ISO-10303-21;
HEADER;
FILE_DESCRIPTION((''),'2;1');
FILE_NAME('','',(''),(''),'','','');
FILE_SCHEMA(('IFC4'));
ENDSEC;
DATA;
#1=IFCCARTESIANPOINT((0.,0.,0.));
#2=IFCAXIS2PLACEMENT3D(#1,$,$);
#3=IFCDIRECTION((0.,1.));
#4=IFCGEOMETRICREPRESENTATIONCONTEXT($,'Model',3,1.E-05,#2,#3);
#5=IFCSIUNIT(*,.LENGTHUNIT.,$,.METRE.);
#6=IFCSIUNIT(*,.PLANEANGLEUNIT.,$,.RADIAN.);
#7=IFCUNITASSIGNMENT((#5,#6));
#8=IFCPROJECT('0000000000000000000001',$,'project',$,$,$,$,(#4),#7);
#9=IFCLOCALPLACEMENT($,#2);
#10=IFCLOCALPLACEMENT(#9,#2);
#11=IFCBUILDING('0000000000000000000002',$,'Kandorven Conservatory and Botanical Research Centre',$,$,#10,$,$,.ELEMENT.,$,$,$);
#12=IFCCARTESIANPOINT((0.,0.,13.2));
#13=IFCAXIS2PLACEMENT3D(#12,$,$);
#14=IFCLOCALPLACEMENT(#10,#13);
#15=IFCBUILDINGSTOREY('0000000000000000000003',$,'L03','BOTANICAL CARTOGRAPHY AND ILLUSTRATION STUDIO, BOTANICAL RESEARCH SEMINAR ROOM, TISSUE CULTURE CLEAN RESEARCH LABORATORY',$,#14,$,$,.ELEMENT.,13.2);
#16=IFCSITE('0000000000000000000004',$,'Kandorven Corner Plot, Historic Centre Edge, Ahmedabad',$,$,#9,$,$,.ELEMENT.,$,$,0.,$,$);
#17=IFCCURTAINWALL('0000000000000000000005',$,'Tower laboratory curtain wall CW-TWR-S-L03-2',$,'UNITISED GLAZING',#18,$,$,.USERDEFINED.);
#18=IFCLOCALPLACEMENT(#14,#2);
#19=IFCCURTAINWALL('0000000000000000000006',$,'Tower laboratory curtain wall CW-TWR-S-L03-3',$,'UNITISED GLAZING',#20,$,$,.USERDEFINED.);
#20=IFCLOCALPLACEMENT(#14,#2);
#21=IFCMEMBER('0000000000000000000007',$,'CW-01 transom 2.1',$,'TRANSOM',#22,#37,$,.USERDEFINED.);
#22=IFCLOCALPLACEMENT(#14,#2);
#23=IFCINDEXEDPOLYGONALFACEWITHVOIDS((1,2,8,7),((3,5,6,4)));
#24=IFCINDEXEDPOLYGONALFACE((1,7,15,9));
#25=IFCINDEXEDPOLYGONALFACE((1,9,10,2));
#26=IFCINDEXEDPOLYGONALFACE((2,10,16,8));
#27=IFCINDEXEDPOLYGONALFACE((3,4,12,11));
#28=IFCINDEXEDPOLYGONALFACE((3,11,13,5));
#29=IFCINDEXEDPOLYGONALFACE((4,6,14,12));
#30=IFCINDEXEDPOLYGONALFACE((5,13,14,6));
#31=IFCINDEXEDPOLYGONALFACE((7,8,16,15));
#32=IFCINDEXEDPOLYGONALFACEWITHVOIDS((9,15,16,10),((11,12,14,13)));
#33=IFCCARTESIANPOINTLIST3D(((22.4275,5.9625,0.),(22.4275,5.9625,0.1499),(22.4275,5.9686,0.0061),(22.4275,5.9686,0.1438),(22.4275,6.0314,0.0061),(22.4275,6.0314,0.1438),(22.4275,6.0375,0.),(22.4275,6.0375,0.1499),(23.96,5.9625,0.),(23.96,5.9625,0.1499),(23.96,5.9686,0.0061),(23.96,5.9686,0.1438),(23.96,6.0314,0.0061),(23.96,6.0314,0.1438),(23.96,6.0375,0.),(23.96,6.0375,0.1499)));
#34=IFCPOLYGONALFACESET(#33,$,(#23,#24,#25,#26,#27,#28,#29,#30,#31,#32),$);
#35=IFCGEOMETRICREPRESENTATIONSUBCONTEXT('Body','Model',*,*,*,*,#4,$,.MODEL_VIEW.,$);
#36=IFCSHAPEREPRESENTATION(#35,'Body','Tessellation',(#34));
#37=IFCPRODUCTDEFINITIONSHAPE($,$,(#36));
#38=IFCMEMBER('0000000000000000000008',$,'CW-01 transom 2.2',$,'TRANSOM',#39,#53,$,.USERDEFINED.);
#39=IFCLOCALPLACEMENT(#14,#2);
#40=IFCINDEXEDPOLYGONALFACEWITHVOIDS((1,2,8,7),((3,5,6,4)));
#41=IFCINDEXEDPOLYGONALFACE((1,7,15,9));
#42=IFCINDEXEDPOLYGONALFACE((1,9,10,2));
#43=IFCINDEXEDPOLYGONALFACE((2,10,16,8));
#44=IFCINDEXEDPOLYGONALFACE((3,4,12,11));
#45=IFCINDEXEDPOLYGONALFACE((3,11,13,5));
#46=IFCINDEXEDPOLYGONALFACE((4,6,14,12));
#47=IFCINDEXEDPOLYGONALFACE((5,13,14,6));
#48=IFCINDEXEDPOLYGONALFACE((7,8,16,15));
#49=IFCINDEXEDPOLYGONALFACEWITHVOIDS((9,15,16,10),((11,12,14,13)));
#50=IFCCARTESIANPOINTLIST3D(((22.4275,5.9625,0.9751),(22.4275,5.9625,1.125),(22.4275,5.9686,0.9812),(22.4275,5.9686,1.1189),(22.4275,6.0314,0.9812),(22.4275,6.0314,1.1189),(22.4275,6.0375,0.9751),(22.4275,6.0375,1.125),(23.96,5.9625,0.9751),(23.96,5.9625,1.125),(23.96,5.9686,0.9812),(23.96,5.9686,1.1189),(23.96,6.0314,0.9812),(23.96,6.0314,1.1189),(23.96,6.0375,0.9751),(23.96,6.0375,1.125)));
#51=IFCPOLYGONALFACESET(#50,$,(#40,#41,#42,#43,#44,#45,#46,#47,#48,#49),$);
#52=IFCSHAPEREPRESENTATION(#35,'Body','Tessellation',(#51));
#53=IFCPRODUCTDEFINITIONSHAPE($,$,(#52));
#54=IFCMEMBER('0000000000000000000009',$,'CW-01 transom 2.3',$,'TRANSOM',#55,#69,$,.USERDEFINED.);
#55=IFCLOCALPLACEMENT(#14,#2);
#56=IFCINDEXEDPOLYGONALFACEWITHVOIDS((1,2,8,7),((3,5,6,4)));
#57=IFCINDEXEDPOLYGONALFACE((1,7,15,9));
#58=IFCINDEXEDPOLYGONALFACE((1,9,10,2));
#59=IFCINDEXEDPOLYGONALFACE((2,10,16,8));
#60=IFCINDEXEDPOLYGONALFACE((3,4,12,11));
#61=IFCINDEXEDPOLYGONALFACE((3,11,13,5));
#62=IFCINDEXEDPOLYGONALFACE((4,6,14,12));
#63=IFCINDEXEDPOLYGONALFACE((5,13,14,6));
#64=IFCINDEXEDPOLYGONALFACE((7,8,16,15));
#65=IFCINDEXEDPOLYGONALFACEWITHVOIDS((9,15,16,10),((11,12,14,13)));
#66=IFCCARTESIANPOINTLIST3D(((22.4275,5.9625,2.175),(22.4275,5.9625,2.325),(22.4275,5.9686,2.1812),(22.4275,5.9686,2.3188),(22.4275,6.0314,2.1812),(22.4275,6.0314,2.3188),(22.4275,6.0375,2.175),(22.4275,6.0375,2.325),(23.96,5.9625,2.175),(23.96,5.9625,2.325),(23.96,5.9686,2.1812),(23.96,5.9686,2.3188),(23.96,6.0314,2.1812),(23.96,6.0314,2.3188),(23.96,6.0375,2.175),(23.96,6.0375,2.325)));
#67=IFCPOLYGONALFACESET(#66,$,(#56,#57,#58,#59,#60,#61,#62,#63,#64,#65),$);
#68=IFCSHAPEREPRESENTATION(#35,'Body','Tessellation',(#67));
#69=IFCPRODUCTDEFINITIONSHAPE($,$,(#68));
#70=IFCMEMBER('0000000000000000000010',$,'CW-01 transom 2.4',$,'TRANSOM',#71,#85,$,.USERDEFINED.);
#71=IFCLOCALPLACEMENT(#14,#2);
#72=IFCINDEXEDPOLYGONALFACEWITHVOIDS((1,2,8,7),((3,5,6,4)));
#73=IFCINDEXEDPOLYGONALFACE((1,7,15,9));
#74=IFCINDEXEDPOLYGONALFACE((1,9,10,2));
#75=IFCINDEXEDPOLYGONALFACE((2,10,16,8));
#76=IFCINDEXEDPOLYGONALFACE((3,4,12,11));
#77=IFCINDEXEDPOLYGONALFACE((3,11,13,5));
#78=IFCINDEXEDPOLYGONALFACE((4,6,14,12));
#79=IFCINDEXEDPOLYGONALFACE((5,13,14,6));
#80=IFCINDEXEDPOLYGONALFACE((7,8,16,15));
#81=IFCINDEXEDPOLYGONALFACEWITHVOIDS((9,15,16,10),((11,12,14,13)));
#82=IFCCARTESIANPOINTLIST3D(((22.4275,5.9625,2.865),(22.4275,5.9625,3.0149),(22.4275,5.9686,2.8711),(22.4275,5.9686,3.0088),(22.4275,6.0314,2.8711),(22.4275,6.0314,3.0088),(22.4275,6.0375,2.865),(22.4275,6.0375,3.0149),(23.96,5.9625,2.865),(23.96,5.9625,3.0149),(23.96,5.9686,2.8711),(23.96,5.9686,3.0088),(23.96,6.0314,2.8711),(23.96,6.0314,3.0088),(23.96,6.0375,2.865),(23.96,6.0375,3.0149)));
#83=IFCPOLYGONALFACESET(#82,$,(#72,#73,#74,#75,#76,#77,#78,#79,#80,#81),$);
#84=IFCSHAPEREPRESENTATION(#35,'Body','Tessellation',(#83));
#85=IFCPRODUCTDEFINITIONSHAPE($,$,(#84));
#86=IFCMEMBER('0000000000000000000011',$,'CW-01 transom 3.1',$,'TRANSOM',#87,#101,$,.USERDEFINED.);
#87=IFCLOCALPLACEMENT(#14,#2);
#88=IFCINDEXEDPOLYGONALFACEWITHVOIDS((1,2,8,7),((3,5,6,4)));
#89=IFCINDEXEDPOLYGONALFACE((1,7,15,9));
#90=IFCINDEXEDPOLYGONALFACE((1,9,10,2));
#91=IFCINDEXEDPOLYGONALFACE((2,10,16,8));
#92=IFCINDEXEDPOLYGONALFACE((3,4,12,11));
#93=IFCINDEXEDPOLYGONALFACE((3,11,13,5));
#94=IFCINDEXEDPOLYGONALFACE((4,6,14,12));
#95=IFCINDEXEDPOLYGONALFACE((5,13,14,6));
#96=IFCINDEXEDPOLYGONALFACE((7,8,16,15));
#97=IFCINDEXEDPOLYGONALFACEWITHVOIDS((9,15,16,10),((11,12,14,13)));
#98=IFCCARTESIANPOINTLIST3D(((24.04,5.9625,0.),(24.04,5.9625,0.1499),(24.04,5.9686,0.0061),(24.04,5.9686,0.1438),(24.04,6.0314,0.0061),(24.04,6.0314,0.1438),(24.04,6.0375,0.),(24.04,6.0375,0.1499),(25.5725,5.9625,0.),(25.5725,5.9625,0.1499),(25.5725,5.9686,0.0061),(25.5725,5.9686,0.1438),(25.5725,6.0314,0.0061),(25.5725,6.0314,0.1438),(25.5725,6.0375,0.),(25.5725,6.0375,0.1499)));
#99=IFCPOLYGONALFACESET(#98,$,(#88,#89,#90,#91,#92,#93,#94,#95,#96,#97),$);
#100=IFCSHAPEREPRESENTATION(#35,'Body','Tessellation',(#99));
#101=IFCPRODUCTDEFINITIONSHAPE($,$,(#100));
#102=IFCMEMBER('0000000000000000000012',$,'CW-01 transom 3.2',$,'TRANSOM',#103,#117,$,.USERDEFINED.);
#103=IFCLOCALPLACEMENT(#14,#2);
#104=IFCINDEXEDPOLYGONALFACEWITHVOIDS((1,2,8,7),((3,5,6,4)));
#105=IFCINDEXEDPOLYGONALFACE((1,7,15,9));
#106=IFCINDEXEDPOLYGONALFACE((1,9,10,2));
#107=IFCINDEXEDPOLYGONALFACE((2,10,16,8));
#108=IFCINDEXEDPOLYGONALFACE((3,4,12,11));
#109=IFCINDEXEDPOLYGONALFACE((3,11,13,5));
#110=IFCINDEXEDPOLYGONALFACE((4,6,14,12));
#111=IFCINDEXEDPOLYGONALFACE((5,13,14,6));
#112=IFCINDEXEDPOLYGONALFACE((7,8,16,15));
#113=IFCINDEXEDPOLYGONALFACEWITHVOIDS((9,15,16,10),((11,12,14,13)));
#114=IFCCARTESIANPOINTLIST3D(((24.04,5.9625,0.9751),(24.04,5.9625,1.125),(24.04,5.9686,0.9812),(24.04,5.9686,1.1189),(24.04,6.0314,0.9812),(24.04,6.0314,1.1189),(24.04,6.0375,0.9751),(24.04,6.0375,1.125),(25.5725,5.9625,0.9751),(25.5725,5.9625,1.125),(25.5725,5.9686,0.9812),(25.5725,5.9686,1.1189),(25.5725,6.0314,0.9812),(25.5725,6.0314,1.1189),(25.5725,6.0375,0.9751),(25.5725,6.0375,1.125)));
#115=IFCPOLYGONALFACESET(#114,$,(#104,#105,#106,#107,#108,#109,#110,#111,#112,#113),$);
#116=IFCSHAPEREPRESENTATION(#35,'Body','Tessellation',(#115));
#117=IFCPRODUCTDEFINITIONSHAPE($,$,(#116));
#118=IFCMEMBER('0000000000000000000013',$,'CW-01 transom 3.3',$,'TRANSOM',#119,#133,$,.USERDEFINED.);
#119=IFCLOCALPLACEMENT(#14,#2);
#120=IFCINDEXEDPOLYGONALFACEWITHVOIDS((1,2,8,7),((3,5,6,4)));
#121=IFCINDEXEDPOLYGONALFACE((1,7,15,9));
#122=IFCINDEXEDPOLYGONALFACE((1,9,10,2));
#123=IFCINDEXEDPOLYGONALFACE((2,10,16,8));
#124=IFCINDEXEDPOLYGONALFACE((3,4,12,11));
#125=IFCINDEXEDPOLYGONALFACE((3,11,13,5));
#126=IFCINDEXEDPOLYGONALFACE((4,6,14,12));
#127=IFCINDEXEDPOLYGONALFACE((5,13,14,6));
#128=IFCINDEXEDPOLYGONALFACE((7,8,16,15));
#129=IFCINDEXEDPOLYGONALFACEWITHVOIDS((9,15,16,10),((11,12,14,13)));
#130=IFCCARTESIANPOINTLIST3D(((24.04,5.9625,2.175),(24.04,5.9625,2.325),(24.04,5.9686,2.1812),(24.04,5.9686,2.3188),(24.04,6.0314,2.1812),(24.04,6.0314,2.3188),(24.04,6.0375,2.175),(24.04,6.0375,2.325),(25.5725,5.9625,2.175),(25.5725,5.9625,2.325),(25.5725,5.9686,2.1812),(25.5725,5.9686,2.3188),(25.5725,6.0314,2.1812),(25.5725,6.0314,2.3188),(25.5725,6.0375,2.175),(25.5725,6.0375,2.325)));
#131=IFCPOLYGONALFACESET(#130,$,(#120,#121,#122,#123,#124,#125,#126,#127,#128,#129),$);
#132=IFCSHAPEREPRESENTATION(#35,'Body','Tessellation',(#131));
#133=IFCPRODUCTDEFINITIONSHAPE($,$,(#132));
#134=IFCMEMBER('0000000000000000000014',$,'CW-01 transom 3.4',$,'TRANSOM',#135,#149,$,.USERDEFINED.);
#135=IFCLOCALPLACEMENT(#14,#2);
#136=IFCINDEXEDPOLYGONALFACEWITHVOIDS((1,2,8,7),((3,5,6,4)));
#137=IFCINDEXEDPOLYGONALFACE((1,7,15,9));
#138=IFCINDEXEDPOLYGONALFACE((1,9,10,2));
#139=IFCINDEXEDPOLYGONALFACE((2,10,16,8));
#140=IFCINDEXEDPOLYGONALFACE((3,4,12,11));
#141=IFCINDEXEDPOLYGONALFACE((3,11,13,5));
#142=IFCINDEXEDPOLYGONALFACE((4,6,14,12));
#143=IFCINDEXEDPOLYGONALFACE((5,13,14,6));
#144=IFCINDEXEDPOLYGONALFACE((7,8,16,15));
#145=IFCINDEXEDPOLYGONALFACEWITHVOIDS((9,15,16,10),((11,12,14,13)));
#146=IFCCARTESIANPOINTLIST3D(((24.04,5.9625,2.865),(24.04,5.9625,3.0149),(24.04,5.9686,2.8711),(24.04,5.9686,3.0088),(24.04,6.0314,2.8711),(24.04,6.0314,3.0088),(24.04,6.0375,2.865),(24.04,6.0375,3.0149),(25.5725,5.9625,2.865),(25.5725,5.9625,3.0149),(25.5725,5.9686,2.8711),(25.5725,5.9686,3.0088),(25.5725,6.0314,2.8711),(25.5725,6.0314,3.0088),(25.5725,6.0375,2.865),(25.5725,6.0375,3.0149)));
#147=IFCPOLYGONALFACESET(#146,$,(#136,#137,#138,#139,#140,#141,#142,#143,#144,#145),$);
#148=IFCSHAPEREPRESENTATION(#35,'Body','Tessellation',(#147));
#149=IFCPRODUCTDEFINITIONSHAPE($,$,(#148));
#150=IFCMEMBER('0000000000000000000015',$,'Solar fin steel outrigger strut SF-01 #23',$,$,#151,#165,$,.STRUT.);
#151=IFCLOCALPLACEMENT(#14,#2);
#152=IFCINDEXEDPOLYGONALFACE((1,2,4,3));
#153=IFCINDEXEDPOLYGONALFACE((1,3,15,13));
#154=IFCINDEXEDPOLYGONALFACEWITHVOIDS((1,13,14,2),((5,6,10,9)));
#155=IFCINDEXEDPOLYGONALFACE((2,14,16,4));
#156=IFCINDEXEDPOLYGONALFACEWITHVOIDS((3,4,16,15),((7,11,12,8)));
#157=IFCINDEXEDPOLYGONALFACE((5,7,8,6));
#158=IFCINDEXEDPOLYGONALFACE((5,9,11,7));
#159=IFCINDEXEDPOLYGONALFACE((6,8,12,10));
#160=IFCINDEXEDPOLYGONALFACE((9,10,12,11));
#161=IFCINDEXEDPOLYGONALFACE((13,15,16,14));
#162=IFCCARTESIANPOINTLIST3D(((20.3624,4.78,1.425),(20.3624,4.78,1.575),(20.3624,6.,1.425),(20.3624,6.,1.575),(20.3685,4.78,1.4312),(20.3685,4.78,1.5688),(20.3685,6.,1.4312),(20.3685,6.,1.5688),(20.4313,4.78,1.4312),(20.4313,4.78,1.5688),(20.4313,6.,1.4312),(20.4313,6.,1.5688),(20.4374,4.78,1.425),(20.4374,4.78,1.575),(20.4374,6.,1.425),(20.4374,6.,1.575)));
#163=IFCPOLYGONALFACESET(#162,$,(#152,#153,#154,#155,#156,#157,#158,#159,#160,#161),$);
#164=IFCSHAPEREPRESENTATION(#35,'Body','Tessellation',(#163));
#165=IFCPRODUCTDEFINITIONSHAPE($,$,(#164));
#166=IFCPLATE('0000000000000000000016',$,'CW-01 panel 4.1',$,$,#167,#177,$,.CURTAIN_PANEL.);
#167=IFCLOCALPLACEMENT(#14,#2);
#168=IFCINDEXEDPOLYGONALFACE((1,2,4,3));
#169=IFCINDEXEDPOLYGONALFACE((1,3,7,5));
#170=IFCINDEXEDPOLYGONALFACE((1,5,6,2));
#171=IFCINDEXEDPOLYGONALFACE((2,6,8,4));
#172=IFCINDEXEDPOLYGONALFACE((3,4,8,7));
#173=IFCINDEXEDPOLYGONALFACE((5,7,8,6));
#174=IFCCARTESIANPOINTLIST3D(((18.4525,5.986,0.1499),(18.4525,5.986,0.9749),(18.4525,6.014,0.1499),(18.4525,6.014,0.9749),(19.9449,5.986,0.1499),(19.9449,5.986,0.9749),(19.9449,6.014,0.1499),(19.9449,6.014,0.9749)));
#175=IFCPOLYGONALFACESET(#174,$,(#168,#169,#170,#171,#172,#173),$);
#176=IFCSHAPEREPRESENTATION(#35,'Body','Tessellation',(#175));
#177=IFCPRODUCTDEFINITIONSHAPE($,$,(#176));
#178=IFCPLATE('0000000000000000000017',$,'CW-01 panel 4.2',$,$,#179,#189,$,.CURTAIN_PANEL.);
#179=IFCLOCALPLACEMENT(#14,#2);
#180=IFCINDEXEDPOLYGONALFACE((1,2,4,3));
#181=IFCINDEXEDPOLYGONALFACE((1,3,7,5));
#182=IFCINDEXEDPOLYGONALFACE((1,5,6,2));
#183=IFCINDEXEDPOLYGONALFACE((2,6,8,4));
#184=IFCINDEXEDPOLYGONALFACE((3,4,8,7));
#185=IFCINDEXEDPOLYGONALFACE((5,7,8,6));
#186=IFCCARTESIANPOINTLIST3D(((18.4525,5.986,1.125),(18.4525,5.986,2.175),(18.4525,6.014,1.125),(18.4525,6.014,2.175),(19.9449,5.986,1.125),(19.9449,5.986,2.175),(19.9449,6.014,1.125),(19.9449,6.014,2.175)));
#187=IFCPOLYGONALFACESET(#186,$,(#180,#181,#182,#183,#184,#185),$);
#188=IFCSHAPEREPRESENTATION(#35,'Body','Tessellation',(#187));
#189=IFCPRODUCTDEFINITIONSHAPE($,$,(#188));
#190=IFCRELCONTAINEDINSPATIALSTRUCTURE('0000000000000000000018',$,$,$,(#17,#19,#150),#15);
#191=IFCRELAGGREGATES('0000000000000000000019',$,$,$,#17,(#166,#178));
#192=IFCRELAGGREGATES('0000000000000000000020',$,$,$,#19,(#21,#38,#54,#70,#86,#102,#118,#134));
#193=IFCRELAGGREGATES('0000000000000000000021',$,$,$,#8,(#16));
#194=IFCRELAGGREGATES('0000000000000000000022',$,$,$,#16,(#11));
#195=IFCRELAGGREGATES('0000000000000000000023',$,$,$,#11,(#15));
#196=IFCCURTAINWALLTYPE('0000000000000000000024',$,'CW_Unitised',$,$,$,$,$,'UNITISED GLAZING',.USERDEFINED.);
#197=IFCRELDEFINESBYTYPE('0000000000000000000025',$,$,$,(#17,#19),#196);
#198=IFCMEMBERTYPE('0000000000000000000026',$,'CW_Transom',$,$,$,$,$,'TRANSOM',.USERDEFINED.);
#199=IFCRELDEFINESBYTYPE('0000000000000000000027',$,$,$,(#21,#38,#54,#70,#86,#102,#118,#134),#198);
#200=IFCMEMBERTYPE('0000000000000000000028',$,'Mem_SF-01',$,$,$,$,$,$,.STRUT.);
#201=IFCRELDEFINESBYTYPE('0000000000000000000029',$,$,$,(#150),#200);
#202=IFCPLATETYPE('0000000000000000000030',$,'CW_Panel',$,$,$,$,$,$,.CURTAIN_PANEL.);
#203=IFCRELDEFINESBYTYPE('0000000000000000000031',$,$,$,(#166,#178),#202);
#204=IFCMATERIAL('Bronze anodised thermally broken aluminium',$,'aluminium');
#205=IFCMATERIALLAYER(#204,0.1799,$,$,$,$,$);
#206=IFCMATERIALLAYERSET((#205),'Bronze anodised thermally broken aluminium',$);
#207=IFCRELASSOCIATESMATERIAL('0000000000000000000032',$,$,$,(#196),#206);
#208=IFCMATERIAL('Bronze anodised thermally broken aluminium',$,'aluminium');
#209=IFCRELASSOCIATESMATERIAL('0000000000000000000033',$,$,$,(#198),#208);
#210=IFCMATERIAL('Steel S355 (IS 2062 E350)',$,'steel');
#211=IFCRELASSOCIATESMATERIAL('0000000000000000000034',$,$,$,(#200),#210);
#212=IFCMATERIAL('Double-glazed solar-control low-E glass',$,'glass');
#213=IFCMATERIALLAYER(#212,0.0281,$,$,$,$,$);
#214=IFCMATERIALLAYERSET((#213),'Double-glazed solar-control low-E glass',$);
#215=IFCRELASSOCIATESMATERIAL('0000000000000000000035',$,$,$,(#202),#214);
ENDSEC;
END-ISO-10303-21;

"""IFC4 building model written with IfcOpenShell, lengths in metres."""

from ifc_helpers import new_model, si_unit, direction, frame, origin, origin_2d, place, context, subcontext, project, spatial, rectangle, hollow_rectangle, extrude, material, layer, layer_set, material_profile, profile_set, type_object, element, aggregate, save


model = new_model("IFC4")

# Units and contexts
model_context = context("Model", 3, precision=1e-05, world=origin(), true_north=direction((0.0, 1.0)))
body_context = subcontext(model_context, "Body", "Model", "MODEL_VIEW")
ifc_project = project(units=[si_unit("LENGTHUNIT", "METRE"), si_unit("PLANEANGLEUNIT", "RADIAN")], contexts=[model_context])

# Site, building, storey
site_placement = place(None, origin())
site = spatial("IfcSite", under=ifc_project, at=site_placement, Name="Kandorven Corner Plot, Historic Centre Edge, Ahmedabad", CompositionType="ELEMENT", RefElevation=0.0)
building_placement = place(site_placement, origin())
building = spatial("IfcBuilding", under=site, at=building_placement, Name="Kandorven Conservatory and Botanical Research Centre", CompositionType="ELEMENT")
storey_placement = place(building_placement, frame((0.0, 0.0, 13.2)))
storey = spatial("IfcBuildingStorey", under=building, at=storey_placement, Name="L03", Description="BOTANICAL CARTOGRAPHY AND ILLUSTRATION STUDIO, BOTANICAL RESEARCH SEMINAR ROOM, TISSUE CULTURE CLEAN RESEARCH LABORATORY", CompositionType="ELEMENT", Elevation=13.2)

# Curtain wall
ifc_material_1 = material(Name="Bronze anodised thermally broken aluminium", Category="aluminium")
ifc_layer_1 = layer(ifc_material_1, 0.1799)
ifc_layer_set_1 = layer_set([ifc_layer_1], Name="Bronze anodised thermally broken aluminium")
curtain_wall_type = type_object("IfcCurtainWallType", Name="CW_Unitised", ElementType="UNITISED GLAZING", PredefinedType="USERDEFINED", material=ifc_layer_set_1)
curtain_wall_1_placement = place(storey_placement, origin())
curtain_wall_1 = element("IfcCurtainWall", 1, at=curtain_wall_1_placement, inside=storey, type_object=curtain_wall_type, Name="Tower laboratory curtain wall CW-TWR-S-L03-2", ObjectType="UNITISED GLAZING", PredefinedType="USERDEFINED")

# Curtain wall, members
curtain_wall_2_placement = place(storey_placement, origin())
curtain_wall_2 = element("IfcCurtainWall", 2, at=curtain_wall_2_placement, inside=storey, type_object=curtain_wall_type, Name="Tower laboratory curtain wall CW-TWR-S-L03-3", ObjectType="UNITISED GLAZING", PredefinedType="USERDEFINED")
ifc_material_2 = material(Name="Bronze anodised thermally broken aluminium", Category="aluminium")
ifc_material_profile_1 = material_profile(ifc_material_2, hollow_rectangle(XDim=0.075, YDim=0.1499, WallThickness=0.0061, at=origin_2d()))
ifc_profile_set_1 = profile_set([ifc_material_profile_1], Name="Bronze anodised thermally broken aluminium")
member_type_1 = type_object("IfcMemberType", Name="CW_Transom", ElementType="TRANSOM", PredefinedType="USERDEFINED", material=ifc_profile_set_1)
member_1_placement = place(storey_placement, frame((22.4275, 6.0, 0.075), z_axis=(1.0, 0.0, 0.0), x_axis=(0.0, 1.0, 0.0)))
member_1 = element("IfcMember", 3, at=member_1_placement, type_object=member_type_1, Name="CW-01 transom 2.1", ObjectType="TRANSOM", PredefinedType="USERDEFINED", context=body_context, shape_type="SweptSolid", body=[
    extrude(hollow_rectangle(XDim=0.075, YDim=0.1499, WallThickness=0.0061, at=origin_2d()), origin(), (0.0, 0.0, 1.0), 1.5325),
])
member_2_placement = place(storey_placement, frame((22.4275, 6.0, 1.05), z_axis=(1.0, 0.0, 0.0), x_axis=(0.0, 1.0, 0.0)))
member_2 = element("IfcMember", 4, at=member_2_placement, type_object=member_type_1, Name="CW-01 transom 2.2", ObjectType="TRANSOM", PredefinedType="USERDEFINED", context=body_context, shape_type="SweptSolid", body=[
    extrude(hollow_rectangle(XDim=0.075, YDim=0.1499, WallThickness=0.0061, at=origin_2d()), origin(), (0.0, 0.0, 1.0), 1.5325),
])
member_3_placement = place(storey_placement, frame((22.4275, 6.0, 2.25), z_axis=(1.0, 0.0, 0.0), x_axis=(0.0, 1.0, 0.0)))
member_3 = element("IfcMember", 5, at=member_3_placement, type_object=member_type_1, Name="CW-01 transom 2.3", ObjectType="TRANSOM", PredefinedType="USERDEFINED", context=body_context, shape_type="SweptSolid", body=[
    extrude(hollow_rectangle(XDim=0.075, YDim=0.1499, WallThickness=0.0061, at=origin_2d()), origin(), (0.0, 0.0, 1.0), 1.5325),
])
member_4_placement = place(storey_placement, frame((22.4275, 6.0, 2.9399), z_axis=(1.0, 0.0, 0.0), x_axis=(0.0, 1.0, 0.0)))
member_4 = element("IfcMember", 6, at=member_4_placement, type_object=member_type_1, Name="CW-01 transom 2.4", ObjectType="TRANSOM", PredefinedType="USERDEFINED", context=body_context, shape_type="SweptSolid", body=[
    extrude(hollow_rectangle(XDim=0.075, YDim=0.1499, WallThickness=0.0061, at=origin_2d()), origin(), (0.0, 0.0, 1.0), 1.5325),
])
member_5_placement = place(storey_placement, frame((24.04, 6.0, 0.075), z_axis=(1.0, 0.0, 0.0), x_axis=(0.0, 1.0, 0.0)))
member_5 = element("IfcMember", 7, at=member_5_placement, type_object=member_type_1, Name="CW-01 transom 3.1", ObjectType="TRANSOM", PredefinedType="USERDEFINED", context=body_context, shape_type="SweptSolid", body=[
    extrude(hollow_rectangle(XDim=0.075, YDim=0.1499, WallThickness=0.0061, at=origin_2d()), origin(), (0.0, 0.0, 1.0), 1.5325),
])
member_6_placement = place(storey_placement, frame((24.04, 6.0, 1.05), z_axis=(1.0, 0.0, 0.0), x_axis=(0.0, 1.0, 0.0)))
member_6 = element("IfcMember", 8, at=member_6_placement, type_object=member_type_1, Name="CW-01 transom 3.2", ObjectType="TRANSOM", PredefinedType="USERDEFINED", context=body_context, shape_type="SweptSolid", body=[
    extrude(hollow_rectangle(XDim=0.075, YDim=0.1499, WallThickness=0.0061, at=origin_2d()), origin(), (0.0, 0.0, 1.0), 1.5325),
])
member_7_placement = place(storey_placement, frame((24.04, 6.0, 2.25), z_axis=(1.0, 0.0, 0.0), x_axis=(0.0, 1.0, 0.0)))
member_7 = element("IfcMember", 9, at=member_7_placement, type_object=member_type_1, Name="CW-01 transom 3.3", ObjectType="TRANSOM", PredefinedType="USERDEFINED", context=body_context, shape_type="SweptSolid", body=[
    extrude(hollow_rectangle(XDim=0.075, YDim=0.1499, WallThickness=0.0061, at=origin_2d()), origin(), (0.0, 0.0, 1.0), 1.5325),
])
member_8_placement = place(storey_placement, frame((24.04, 6.0, 2.9399), z_axis=(1.0, 0.0, 0.0), x_axis=(0.0, 1.0, 0.0)))
member_8 = element("IfcMember", 10, at=member_8_placement, type_object=member_type_1, Name="CW-01 transom 3.4", ObjectType="TRANSOM", PredefinedType="USERDEFINED", context=body_context, shape_type="SweptSolid", body=[
    extrude(hollow_rectangle(XDim=0.075, YDim=0.1499, WallThickness=0.0061, at=origin_2d()), origin(), (0.0, 0.0, 1.0), 1.5325),
])

# Member
ifc_material_3 = material(Name="Steel S355 (IS 2062 E350)", Category="steel")
ifc_material_profile_2 = material_profile(ifc_material_3, hollow_rectangle(XDim=0.075, YDim=0.1499, WallThickness=0.0061, at=origin_2d()))
ifc_profile_set_2 = profile_set([ifc_material_profile_2], Name="Steel S355 (IS 2062 E350)")
member_type_2 = type_object("IfcMemberType", Name="Mem_SF-01", PredefinedType="STRUT", material=ifc_profile_set_2)
member_9_placement = place(storey_placement, frame((20.3999, 6.0, 1.5), z_axis=(0.0, -1.0, 0.0), x_axis=(1.0, 0.0, 0.0)))
element("IfcMember", 11, at=member_9_placement, inside=storey, type_object=member_type_2, Name="Solar fin steel outrigger strut SF-01 #23", PredefinedType="STRUT", context=body_context, shape_type="SweptSolid", body=[
    extrude(hollow_rectangle(XDim=0.075, YDim=0.1499, WallThickness=0.0061, at=origin_2d()), origin(), (0.0, 0.0, 1.0), 1.22),
])

# Plates
ifc_material_4 = material(Name="Double-glazed solar-control low-E glass", Category="glass")
ifc_layer_2 = layer(ifc_material_4, 0.0281)
ifc_layer_set_2 = layer_set([ifc_layer_2], Name="Double-glazed solar-control low-E glass")
plate_type_1 = type_object("IfcPlateType", Name="CW_Panel", PredefinedType="CURTAIN_PANEL", material=ifc_layer_set_2)
plate_1_placement = place(storey_placement, frame((19.1987, 6.0, 0.1499), z_axis=(0.0, 0.0, 1.0), x_axis=(1.0, 0.0, 0.0)))
plate_1 = element("IfcPlate", 12, at=plate_1_placement, type_object=plate_type_1, Name="CW-01 panel 4.1", PredefinedType="CURTAIN_PANEL", context=body_context, shape_type="SweptSolid", body=[
    extrude(rectangle(XDim=1.4924, YDim=0.0281, at=origin_2d()), origin(), (0.0, 0.0, 1.0), 0.825),
])
plate_2_placement = place(storey_placement, frame((19.1987, 6.0, 1.125), z_axis=(0.0, 0.0, 1.0), x_axis=(1.0, 0.0, 0.0)))
plate_2 = element("IfcPlate", 13, at=plate_2_placement, type_object=plate_type_1, Name="CW-01 panel 4.2", PredefinedType="CURTAIN_PANEL", context=body_context, shape_type="SweptSolid", body=[
    extrude(rectangle(XDim=1.4924, YDim=0.0281, at=origin_2d()), origin(), (0.0, 0.0, 1.0), 1.05),
])
aggregate(curtain_wall_1, [plate_1, plate_2])
aggregate(curtain_wall_2, [member_1, member_2, member_3, member_4, member_5, member_6, member_7, member_8])

save(model, "model.ifc")
